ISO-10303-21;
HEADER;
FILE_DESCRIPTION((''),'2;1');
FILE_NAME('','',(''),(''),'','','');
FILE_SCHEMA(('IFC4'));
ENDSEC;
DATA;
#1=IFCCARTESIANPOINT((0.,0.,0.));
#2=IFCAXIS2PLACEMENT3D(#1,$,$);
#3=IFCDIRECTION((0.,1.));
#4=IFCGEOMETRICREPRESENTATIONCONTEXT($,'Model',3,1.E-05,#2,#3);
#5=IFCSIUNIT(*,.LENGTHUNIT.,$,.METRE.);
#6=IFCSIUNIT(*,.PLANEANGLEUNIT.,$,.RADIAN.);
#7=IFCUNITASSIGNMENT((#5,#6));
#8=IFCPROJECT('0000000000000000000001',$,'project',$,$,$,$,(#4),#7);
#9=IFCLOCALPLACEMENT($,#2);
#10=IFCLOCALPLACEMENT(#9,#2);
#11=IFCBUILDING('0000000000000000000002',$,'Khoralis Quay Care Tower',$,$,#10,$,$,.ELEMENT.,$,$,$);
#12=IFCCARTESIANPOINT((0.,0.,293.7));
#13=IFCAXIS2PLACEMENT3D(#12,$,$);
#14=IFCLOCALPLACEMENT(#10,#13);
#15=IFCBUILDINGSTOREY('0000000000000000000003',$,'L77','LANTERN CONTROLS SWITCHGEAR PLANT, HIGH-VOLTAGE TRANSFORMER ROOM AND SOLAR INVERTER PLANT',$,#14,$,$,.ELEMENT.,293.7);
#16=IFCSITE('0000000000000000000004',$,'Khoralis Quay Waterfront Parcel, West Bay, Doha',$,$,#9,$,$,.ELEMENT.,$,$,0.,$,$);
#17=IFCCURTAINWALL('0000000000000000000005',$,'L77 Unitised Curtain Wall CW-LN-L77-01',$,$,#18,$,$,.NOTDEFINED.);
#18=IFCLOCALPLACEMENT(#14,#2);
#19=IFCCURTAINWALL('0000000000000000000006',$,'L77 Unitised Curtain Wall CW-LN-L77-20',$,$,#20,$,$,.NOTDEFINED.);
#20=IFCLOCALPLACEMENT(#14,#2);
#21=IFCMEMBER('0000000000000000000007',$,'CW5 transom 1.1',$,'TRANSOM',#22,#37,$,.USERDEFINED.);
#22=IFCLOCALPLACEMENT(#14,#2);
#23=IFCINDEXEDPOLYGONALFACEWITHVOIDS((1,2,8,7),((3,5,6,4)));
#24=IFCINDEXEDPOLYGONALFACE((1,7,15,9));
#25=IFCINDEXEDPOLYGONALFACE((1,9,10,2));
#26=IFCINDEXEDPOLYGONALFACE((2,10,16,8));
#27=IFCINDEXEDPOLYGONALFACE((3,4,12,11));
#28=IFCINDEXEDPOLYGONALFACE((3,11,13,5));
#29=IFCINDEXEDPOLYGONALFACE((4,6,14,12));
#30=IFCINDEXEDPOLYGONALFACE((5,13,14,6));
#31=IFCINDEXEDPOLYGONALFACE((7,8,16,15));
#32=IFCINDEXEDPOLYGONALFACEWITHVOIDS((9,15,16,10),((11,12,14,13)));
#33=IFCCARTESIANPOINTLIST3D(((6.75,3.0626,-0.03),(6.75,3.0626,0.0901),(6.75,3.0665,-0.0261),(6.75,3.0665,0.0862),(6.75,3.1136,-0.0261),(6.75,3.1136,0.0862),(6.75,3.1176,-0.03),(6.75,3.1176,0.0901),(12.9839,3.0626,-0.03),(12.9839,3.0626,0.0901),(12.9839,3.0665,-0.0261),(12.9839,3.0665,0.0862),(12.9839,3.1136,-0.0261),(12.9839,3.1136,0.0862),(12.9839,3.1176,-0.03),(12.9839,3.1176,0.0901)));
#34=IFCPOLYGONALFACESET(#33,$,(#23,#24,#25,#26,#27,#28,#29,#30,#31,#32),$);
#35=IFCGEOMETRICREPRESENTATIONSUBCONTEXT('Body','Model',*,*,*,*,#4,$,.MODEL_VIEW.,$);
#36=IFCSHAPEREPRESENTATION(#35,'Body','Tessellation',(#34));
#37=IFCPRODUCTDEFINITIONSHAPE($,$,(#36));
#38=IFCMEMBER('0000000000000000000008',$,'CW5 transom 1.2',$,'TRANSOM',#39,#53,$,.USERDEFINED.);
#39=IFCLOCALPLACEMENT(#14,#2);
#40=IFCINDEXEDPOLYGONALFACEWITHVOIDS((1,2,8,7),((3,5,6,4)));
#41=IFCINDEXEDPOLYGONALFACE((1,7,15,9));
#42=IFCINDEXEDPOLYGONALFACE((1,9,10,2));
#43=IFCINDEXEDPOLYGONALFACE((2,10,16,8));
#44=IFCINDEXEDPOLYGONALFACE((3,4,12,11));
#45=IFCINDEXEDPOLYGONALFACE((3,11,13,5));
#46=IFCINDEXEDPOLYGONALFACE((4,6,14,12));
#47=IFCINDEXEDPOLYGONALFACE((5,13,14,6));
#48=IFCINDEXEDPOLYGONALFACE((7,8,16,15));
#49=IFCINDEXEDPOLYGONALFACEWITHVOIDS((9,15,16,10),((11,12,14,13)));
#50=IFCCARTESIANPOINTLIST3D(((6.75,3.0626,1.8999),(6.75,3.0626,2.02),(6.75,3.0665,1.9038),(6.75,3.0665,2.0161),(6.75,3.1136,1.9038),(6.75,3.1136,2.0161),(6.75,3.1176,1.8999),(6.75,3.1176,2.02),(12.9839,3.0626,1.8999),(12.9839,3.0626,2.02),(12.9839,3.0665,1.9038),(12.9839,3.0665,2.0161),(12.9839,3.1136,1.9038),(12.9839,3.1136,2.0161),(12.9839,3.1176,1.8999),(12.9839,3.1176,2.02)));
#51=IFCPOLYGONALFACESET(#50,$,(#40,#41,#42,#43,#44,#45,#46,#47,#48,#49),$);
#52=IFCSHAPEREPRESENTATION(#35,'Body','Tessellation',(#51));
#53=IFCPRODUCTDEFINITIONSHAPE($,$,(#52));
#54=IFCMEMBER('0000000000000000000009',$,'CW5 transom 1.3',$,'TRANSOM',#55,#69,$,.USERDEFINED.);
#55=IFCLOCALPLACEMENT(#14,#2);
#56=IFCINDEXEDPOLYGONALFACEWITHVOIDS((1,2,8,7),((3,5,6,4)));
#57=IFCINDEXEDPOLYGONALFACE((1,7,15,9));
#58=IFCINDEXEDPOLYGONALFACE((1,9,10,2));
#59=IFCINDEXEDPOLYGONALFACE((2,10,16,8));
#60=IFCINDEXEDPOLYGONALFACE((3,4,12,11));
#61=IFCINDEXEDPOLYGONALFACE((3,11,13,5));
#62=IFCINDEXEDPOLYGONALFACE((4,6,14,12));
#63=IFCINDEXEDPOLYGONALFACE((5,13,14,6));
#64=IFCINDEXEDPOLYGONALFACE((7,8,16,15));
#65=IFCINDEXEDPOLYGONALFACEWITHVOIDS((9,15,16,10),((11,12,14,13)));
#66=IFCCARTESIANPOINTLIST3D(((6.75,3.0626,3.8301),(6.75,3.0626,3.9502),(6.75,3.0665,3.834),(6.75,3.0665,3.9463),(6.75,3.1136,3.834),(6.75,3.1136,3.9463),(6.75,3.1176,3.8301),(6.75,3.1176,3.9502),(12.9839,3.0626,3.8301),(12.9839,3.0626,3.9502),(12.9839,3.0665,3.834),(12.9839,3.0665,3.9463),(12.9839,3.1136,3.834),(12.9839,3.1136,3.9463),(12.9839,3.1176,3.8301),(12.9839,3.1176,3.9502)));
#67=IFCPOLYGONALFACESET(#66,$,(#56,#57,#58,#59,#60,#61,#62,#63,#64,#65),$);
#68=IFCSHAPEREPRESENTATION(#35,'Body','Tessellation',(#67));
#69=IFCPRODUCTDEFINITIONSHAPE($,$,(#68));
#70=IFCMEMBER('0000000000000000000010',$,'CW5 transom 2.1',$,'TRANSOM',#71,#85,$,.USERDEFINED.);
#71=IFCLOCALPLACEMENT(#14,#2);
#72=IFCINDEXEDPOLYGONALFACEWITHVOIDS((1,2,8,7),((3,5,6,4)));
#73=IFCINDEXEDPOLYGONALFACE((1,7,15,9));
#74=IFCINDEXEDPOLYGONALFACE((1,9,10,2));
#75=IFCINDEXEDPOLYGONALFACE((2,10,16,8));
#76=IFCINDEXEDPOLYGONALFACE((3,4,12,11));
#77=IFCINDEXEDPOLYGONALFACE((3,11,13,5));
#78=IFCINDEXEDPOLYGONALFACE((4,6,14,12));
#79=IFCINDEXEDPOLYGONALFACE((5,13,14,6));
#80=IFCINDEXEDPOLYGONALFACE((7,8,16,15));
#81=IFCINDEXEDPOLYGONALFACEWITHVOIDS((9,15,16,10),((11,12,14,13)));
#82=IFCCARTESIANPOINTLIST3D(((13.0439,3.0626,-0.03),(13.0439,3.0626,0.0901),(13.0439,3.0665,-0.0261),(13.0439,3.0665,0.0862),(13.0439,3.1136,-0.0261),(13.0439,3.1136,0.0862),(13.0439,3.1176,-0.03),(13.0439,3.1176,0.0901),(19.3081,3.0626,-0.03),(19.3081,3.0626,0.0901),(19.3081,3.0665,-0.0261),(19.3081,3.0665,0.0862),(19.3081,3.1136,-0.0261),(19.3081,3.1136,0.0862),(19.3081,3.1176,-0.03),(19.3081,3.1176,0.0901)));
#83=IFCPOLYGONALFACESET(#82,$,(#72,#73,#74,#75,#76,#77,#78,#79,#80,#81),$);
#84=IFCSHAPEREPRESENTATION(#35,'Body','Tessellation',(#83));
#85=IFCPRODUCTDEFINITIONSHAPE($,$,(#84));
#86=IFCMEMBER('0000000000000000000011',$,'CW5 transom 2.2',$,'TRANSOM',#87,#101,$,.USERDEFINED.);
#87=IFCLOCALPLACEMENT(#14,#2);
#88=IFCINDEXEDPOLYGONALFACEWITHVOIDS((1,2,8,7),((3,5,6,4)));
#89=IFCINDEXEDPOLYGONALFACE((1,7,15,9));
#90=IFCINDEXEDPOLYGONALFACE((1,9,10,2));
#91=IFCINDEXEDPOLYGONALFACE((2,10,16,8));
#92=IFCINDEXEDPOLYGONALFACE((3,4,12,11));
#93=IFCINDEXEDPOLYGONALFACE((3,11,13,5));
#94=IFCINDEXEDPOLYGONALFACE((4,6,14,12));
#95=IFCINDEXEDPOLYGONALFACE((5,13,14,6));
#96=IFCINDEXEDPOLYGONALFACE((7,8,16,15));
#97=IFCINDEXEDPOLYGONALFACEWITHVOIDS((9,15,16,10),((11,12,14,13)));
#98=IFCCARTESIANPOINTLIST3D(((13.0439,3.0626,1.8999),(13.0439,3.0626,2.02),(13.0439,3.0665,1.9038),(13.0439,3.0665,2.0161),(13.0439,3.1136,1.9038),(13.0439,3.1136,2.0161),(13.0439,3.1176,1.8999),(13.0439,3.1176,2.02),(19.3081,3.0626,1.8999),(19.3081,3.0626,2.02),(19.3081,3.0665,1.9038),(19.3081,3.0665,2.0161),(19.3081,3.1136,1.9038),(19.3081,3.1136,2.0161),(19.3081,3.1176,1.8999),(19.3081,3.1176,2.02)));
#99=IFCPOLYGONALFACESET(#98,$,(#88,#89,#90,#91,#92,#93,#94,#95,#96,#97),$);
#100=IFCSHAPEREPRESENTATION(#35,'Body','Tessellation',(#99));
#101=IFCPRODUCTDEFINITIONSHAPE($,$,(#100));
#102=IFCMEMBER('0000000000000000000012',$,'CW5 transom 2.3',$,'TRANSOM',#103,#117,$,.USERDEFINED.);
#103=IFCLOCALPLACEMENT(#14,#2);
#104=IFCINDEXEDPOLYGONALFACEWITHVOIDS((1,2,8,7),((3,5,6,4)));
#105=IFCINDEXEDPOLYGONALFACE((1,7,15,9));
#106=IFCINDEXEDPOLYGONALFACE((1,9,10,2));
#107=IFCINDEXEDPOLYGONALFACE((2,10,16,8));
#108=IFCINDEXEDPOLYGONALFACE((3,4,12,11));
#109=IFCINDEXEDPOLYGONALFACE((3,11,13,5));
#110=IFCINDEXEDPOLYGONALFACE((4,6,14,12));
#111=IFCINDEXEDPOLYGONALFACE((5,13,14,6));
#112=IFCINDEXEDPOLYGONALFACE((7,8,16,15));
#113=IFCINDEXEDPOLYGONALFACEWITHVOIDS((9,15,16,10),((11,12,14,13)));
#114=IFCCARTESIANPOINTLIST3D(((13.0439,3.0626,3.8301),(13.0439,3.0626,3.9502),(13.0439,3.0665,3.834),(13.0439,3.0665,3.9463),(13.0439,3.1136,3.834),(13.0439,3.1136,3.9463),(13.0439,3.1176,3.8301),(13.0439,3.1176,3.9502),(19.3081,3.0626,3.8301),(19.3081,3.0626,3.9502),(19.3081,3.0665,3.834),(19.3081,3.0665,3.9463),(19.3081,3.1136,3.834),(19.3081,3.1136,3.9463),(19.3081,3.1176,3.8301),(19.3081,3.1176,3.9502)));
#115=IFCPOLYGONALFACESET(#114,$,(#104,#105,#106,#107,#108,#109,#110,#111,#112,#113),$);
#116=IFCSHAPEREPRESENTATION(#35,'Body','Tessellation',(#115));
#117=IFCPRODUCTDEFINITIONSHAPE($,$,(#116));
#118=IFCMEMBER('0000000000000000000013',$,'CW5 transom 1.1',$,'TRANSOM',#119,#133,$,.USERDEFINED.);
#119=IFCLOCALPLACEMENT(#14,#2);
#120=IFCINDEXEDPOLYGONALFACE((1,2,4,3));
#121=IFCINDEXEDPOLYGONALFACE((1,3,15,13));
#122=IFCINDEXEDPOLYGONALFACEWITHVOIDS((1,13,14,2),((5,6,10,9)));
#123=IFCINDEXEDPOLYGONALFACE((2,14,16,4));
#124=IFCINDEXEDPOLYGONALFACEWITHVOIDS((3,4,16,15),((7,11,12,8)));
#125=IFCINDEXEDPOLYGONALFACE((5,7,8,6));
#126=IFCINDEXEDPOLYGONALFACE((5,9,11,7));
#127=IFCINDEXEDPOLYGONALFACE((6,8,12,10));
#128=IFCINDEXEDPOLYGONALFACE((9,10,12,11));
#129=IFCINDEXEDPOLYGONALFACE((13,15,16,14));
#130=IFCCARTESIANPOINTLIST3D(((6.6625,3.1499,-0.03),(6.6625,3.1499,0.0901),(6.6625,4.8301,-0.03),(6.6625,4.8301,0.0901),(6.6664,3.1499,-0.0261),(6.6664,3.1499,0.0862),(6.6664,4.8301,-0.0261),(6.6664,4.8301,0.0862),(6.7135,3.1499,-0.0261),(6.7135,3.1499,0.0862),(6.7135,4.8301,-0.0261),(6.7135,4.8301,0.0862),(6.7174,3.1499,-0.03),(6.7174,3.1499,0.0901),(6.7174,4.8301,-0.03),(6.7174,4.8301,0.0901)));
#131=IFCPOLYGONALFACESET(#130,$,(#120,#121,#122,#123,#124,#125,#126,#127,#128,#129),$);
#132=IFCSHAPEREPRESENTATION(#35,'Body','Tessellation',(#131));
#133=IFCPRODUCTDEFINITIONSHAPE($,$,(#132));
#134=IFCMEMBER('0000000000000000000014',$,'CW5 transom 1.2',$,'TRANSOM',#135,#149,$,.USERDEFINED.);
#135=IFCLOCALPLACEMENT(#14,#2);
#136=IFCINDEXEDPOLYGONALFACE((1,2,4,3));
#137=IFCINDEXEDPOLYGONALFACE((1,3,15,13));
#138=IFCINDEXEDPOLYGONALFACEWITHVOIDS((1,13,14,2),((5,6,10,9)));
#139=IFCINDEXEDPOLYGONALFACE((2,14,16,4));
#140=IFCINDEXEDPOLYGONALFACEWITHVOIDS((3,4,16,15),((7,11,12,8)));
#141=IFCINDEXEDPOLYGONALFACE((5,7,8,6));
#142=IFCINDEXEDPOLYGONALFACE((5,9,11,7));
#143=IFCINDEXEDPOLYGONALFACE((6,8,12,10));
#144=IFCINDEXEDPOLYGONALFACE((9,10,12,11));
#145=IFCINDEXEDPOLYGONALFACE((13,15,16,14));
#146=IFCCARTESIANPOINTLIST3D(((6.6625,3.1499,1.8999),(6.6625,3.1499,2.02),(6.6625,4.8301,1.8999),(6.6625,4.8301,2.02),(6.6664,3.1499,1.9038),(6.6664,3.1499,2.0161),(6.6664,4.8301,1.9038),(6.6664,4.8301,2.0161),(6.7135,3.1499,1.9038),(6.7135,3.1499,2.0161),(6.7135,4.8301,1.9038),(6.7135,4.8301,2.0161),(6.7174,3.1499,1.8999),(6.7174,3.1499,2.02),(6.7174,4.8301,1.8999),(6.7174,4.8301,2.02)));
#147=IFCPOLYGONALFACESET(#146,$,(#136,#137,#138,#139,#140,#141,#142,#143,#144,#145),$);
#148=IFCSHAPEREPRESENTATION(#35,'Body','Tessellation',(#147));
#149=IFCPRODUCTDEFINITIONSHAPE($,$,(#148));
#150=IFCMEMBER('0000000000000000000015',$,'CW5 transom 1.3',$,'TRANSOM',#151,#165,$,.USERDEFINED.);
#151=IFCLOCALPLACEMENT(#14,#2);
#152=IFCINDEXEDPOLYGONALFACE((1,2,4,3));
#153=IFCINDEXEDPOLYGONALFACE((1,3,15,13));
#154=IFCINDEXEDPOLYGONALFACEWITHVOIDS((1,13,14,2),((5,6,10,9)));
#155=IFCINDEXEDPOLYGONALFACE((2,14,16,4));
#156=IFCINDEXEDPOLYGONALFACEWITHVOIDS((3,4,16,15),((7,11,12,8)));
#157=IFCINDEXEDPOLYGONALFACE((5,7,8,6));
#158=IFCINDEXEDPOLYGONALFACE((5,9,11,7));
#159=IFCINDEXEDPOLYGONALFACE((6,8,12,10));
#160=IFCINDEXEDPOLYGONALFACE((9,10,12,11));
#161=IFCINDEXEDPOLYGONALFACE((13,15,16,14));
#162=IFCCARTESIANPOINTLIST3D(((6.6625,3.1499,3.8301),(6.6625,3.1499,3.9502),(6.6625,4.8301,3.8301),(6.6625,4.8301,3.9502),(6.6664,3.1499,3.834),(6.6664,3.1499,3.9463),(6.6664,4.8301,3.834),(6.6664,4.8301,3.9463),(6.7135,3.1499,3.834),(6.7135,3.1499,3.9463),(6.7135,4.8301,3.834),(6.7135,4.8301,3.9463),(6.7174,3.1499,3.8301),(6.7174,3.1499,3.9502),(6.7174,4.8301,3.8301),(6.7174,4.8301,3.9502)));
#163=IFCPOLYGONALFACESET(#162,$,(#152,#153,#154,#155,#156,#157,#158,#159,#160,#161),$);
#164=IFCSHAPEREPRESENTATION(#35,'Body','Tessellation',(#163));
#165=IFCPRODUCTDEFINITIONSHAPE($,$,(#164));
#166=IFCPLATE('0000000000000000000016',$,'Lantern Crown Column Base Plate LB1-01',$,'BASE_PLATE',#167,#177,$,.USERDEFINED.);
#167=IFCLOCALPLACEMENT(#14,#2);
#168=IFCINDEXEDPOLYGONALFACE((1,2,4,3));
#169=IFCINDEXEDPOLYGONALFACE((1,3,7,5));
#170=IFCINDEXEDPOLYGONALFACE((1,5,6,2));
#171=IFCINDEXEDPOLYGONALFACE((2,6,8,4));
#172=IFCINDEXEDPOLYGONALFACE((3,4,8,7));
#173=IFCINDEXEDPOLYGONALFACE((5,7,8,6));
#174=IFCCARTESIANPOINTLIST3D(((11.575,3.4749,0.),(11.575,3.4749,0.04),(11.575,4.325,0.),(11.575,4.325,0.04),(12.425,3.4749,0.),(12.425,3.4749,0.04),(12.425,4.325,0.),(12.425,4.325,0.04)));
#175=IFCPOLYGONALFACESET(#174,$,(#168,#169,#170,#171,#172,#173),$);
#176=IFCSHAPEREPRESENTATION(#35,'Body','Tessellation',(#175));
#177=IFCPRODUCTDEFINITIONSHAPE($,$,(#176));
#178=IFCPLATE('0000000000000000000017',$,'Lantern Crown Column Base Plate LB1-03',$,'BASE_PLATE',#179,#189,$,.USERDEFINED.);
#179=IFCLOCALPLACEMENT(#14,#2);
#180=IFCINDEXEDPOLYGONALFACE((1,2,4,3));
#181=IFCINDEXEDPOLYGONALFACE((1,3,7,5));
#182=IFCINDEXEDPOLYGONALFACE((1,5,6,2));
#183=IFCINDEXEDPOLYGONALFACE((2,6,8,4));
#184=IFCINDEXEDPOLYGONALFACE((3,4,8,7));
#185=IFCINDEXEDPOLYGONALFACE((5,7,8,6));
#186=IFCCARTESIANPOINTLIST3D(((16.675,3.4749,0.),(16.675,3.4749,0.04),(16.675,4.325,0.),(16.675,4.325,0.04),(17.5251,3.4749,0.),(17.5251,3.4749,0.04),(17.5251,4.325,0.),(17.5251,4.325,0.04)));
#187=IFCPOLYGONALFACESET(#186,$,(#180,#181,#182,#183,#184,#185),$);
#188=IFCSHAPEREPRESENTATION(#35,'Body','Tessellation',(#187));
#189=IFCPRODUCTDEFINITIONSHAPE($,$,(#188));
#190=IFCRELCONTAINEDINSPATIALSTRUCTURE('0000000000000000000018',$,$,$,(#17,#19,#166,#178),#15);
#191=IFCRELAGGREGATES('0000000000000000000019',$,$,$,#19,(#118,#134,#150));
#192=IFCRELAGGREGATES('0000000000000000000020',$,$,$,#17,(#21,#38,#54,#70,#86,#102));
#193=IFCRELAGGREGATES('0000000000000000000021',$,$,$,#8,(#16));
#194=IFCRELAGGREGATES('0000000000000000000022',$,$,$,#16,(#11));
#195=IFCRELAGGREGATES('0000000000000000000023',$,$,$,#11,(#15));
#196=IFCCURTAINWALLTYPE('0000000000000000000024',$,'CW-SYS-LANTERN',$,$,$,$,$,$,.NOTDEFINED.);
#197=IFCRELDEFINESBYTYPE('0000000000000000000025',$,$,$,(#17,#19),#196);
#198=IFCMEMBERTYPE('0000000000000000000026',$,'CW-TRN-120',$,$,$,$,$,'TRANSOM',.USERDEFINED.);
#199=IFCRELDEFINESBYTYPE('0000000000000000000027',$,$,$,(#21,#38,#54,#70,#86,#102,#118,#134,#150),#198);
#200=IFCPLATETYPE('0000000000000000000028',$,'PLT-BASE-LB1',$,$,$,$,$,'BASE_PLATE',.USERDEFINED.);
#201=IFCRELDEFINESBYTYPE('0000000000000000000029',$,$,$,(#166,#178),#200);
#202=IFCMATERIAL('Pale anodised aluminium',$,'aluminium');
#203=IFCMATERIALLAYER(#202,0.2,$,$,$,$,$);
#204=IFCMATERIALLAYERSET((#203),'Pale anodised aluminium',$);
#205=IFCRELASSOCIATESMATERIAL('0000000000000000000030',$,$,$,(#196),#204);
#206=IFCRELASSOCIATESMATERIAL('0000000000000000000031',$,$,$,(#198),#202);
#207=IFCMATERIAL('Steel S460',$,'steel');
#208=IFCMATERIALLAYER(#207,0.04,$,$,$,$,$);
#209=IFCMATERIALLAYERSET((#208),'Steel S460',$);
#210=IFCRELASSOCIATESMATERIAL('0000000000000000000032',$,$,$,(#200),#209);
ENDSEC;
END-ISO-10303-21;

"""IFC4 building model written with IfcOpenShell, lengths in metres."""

from ifc_helpers import new_model, si_unit, direction, frame, origin, origin_2d, place, context, subcontext, project, spatial, rectangle, hollow_rectangle, extrude, source, transform, mapped, material, layer, layer_set, material_profile, profile_set, type_object, element, aggregate, save


model = new_model("IFC4")

# Units and contexts
model_context = context("Model", 3, precision=1e-05, world=origin(), true_north=direction((0.0, 1.0)))
body_context = subcontext(model_context, "Body", "Model", "MODEL_VIEW")
ifc_project = project(units=[si_unit("LENGTHUNIT", "METRE"), si_unit("PLANEANGLEUNIT", "RADIAN")], contexts=[model_context])

# Site, building, storey
site_placement = place(None, origin())
site = spatial("IfcSite", under=ifc_project, at=site_placement, Name="Khoralis Quay Waterfront Parcel, West Bay, Doha", CompositionType="ELEMENT", RefElevation=0.0)
building_placement = place(site_placement, origin())
building = spatial("IfcBuilding", under=site, at=building_placement, Name="Khoralis Quay Care Tower", CompositionType="ELEMENT")
storey_placement = place(building_placement, frame((0.0, 0.0, 293.7)))
storey = spatial("IfcBuildingStorey", under=building, at=storey_placement, Name="L77", Description="LANTERN CONTROLS SWITCHGEAR PLANT, HIGH-VOLTAGE TRANSFORMER ROOM AND SOLAR INVERTER PLANT", CompositionType="ELEMENT", Elevation=293.7)

# Shared definitions
ifc_material_1 = material(Name="Steel S460", Category="steel")

# Curtain wall
ifc_material_2 = material(Name="Pale anodised aluminium", Category="aluminium")
ifc_layer_1 = layer(ifc_material_2, 0.2)
ifc_layer_set_1 = layer_set([ifc_layer_1], Name="Pale anodised aluminium")
curtain_wall_type = type_object("IfcCurtainWallType", Name="CW-SYS-LANTERN", PredefinedType="NOTDEFINED", material=ifc_layer_set_1)
curtain_wall_1_placement = place(storey_placement, origin())
curtain_wall_1 = element("IfcCurtainWall", 1, at=curtain_wall_1_placement, inside=storey, type_object=curtain_wall_type, Name="L77 Unitised Curtain Wall CW-LN-L77-01", PredefinedType="NOTDEFINED")

# Curtain wall
curtain_wall_2_placement = place(storey_placement, origin())
curtain_wall_2 = element("IfcCurtainWall", 2, at=curtain_wall_2_placement, inside=storey, type_object=curtain_wall_type, Name="L77 Unitised Curtain Wall CW-LN-L77-20", PredefinedType="NOTDEFINED")

# Members
ifc_material_profile_1 = material_profile(ifc_material_2, hollow_rectangle(XDim=0.0549, YDim=0.1201, WallThickness=0.0039, at=origin_2d()), Name="Pale anodised aluminium")
ifc_profile_set_1 = profile_set([ifc_material_profile_1], Name="Pale anodised aluminium")
member_type_1 = type_object("IfcMemberType", Name="CW-TRN-120", ElementType="TRANSOM", PredefinedType="USERDEFINED", material=ifc_profile_set_1)
shared_shape_1 = source(origin(), body_context, "Body", "SweptSolid", [
    extrude(hollow_rectangle(XDim=0.0549, YDim=0.1201, WallThickness=0.0039, at=origin_2d()), origin(), (0.0, 0.0, 1.0), 6.2339),
])
member_1_placement = place(storey_placement, frame((6.75, 3.0901, 0.03), z_axis=(1.0, 0.0, 0.0), x_axis=(0.0, 1.0, 0.0)))
member_1 = element("IfcMember", 3, at=member_1_placement, type_object=member_type_1, Name="CW5 transom 1.1", ObjectType="TRANSOM", PredefinedType="USERDEFINED", context=body_context, shape_type="MappedRepresentation", body=[
    mapped(shared_shape_1, transform((0.0, 0.0, 0.0), scale=1.0)),
])
member_2_placement = place(storey_placement, frame((6.75, 3.0901, 1.96), z_axis=(1.0, 0.0, 0.0), x_axis=(0.0, 1.0, 0.0)))
member_2 = element("IfcMember", 4, at=member_2_placement, type_object=member_type_1, Name="CW5 transom 1.2", ObjectType="TRANSOM", PredefinedType="USERDEFINED", context=body_context, shape_type="MappedRepresentation", body=[
    mapped(shared_shape_1, transform((0.0, 0.0, 0.0), scale=1.0)),
])
member_3_placement = place(storey_placement, frame((6.75, 3.0901, 3.8901), z_axis=(1.0, 0.0, 0.0), x_axis=(0.0, 1.0, 0.0)))
member_3 = element("IfcMember", 5, at=member_3_placement, type_object=member_type_1, Name="CW5 transom 1.3", ObjectType="TRANSOM", PredefinedType="USERDEFINED", context=body_context, shape_type="MappedRepresentation", body=[
    mapped(shared_shape_1, transform((0.0, 0.0, 0.0), scale=1.0)),
])
shared_shape_2 = source(origin(), body_context, "Body", "SweptSolid", [
    extrude(hollow_rectangle(XDim=0.0549, YDim=0.1201, WallThickness=0.0039, at=origin_2d()), origin(), (0.0, 0.0, 1.0), 6.2642),
])
member_4_placement = place(storey_placement, frame((13.0439, 3.0901, 0.03), z_axis=(1.0, 0.0, 0.0), x_axis=(0.0, 1.0, 0.0)))
member_4 = element("IfcMember", 6, at=member_4_placement, type_object=member_type_1, Name="CW5 transom 2.1", ObjectType="TRANSOM", PredefinedType="USERDEFINED", context=body_context, shape_type="MappedRepresentation", body=[
    mapped(shared_shape_2, transform((0.0, 0.0, 0.0), scale=1.0)),
])
member_5_placement = place(storey_placement, frame((13.0439, 3.0901, 1.96), z_axis=(1.0, 0.0, 0.0), x_axis=(0.0, 1.0, 0.0)))
member_5 = element("IfcMember", 7, at=member_5_placement, type_object=member_type_1, Name="CW5 transom 2.2", ObjectType="TRANSOM", PredefinedType="USERDEFINED", context=body_context, shape_type="MappedRepresentation", body=[
    mapped(shared_shape_2, transform((0.0, 0.0, 0.0), scale=1.0)),
])
member_6_placement = place(storey_placement, frame((13.0439, 3.0901, 3.8901), z_axis=(1.0, 0.0, 0.0), x_axis=(0.0, 1.0, 0.0)))
member_6 = element("IfcMember", 8, at=member_6_placement, type_object=member_type_1, Name="CW5 transom 2.3", ObjectType="TRANSOM", PredefinedType="USERDEFINED", context=body_context, shape_type="MappedRepresentation", body=[
    mapped(shared_shape_2, transform((0.0, 0.0, 0.0), scale=1.0)),
])
shared_shape_3 = source(origin(), body_context, "Body", "SweptSolid", [
    extrude(hollow_rectangle(XDim=0.0549, YDim=0.1201, WallThickness=0.0039, at=origin_2d()), origin(), (0.0, 0.0, 1.0), 1.6802),
])
member_7_placement = place(storey_placement, frame((6.6899, 4.8301, 0.03), z_axis=(0.0, -1.0, 0.0), x_axis=(1.0, 0.0, 0.0)))
member_7 = element("IfcMember", 9, at=member_7_placement, type_object=member_type_1, Name="CW5 transom 1.1", ObjectType="TRANSOM", PredefinedType="USERDEFINED", context=body_context, shape_type="MappedRepresentation", body=[
    mapped(shared_shape_3, transform((0.0, 0.0, 0.0), scale=1.0)),
])
member_8_placement = place(storey_placement, frame((6.6899, 4.8301, 1.96), z_axis=(0.0, -1.0, 0.0), x_axis=(1.0, 0.0, 0.0)))
member_8 = element("IfcMember", 10, at=member_8_placement, type_object=member_type_1, Name="CW5 transom 1.2", ObjectType="TRANSOM", PredefinedType="USERDEFINED", context=body_context, shape_type="MappedRepresentation", body=[
    mapped(shared_shape_3, transform((0.0, 0.0, 0.0), scale=1.0)),
])
member_9_placement = place(storey_placement, frame((6.6899, 4.8301, 3.8901), z_axis=(0.0, -1.0, 0.0), x_axis=(1.0, 0.0, 0.0)))
member_9 = element("IfcMember", 11, at=member_9_placement, type_object=member_type_1, Name="CW5 transom 1.3", ObjectType="TRANSOM", PredefinedType="USERDEFINED", context=body_context, shape_type="MappedRepresentation", body=[
    mapped(shared_shape_3, transform((0.0, 0.0, 0.0), scale=1.0)),
])
aggregate(curtain_wall_2, [member_7, member_8, member_9])

# Plates
ifc_layer_2 = layer(ifc_material_1, 0.04)
ifc_layer_set_2 = layer_set([ifc_layer_2], Name="Steel S460")
plate_type_1 = type_object("IfcPlateType", Name="PLT-BASE-LB1", ElementType="BASE_PLATE", PredefinedType="USERDEFINED", material=ifc_layer_set_2)
shared_shape_4 = source(origin(), body_context, "Body", "SweptSolid", [
    extrude(rectangle(XDim=0.8501, YDim=0.8501, at=origin_2d()), origin(), (0.0, 0.0, 1.0), 0.04),
])
for number, where, z_axis, x_axis, name in (
    (12, (12.0, 3.8999, 0.0), (0.0, 0.0, 1.0), (1.0, 0.0, 0.0), "Lantern Crown Column Base Plate LB1-01"),
    (13, (17.1001, 3.8999, 0.0), (0.0, 0.0, 1.0), (1.0, 0.0, 0.0), "Lantern Crown Column Base Plate LB1-03"),
):
    element("IfcPlate", number, at=place(storey_placement, frame(where, z_axis=z_axis, x_axis=x_axis)), inside=storey, type_object=plate_type_1, Name=name, ObjectType="BASE_PLATE", PredefinedType="USERDEFINED", context=body_context, shape_type="MappedRepresentation", body=[
        mapped(shared_shape_4, transform((0.0, 0.0, 0.0), scale=1.0)),
    ])

aggregate(curtain_wall_1, [member_1, member_2, member_3, member_4, member_5, member_6])

save(model, "model.ifc")
